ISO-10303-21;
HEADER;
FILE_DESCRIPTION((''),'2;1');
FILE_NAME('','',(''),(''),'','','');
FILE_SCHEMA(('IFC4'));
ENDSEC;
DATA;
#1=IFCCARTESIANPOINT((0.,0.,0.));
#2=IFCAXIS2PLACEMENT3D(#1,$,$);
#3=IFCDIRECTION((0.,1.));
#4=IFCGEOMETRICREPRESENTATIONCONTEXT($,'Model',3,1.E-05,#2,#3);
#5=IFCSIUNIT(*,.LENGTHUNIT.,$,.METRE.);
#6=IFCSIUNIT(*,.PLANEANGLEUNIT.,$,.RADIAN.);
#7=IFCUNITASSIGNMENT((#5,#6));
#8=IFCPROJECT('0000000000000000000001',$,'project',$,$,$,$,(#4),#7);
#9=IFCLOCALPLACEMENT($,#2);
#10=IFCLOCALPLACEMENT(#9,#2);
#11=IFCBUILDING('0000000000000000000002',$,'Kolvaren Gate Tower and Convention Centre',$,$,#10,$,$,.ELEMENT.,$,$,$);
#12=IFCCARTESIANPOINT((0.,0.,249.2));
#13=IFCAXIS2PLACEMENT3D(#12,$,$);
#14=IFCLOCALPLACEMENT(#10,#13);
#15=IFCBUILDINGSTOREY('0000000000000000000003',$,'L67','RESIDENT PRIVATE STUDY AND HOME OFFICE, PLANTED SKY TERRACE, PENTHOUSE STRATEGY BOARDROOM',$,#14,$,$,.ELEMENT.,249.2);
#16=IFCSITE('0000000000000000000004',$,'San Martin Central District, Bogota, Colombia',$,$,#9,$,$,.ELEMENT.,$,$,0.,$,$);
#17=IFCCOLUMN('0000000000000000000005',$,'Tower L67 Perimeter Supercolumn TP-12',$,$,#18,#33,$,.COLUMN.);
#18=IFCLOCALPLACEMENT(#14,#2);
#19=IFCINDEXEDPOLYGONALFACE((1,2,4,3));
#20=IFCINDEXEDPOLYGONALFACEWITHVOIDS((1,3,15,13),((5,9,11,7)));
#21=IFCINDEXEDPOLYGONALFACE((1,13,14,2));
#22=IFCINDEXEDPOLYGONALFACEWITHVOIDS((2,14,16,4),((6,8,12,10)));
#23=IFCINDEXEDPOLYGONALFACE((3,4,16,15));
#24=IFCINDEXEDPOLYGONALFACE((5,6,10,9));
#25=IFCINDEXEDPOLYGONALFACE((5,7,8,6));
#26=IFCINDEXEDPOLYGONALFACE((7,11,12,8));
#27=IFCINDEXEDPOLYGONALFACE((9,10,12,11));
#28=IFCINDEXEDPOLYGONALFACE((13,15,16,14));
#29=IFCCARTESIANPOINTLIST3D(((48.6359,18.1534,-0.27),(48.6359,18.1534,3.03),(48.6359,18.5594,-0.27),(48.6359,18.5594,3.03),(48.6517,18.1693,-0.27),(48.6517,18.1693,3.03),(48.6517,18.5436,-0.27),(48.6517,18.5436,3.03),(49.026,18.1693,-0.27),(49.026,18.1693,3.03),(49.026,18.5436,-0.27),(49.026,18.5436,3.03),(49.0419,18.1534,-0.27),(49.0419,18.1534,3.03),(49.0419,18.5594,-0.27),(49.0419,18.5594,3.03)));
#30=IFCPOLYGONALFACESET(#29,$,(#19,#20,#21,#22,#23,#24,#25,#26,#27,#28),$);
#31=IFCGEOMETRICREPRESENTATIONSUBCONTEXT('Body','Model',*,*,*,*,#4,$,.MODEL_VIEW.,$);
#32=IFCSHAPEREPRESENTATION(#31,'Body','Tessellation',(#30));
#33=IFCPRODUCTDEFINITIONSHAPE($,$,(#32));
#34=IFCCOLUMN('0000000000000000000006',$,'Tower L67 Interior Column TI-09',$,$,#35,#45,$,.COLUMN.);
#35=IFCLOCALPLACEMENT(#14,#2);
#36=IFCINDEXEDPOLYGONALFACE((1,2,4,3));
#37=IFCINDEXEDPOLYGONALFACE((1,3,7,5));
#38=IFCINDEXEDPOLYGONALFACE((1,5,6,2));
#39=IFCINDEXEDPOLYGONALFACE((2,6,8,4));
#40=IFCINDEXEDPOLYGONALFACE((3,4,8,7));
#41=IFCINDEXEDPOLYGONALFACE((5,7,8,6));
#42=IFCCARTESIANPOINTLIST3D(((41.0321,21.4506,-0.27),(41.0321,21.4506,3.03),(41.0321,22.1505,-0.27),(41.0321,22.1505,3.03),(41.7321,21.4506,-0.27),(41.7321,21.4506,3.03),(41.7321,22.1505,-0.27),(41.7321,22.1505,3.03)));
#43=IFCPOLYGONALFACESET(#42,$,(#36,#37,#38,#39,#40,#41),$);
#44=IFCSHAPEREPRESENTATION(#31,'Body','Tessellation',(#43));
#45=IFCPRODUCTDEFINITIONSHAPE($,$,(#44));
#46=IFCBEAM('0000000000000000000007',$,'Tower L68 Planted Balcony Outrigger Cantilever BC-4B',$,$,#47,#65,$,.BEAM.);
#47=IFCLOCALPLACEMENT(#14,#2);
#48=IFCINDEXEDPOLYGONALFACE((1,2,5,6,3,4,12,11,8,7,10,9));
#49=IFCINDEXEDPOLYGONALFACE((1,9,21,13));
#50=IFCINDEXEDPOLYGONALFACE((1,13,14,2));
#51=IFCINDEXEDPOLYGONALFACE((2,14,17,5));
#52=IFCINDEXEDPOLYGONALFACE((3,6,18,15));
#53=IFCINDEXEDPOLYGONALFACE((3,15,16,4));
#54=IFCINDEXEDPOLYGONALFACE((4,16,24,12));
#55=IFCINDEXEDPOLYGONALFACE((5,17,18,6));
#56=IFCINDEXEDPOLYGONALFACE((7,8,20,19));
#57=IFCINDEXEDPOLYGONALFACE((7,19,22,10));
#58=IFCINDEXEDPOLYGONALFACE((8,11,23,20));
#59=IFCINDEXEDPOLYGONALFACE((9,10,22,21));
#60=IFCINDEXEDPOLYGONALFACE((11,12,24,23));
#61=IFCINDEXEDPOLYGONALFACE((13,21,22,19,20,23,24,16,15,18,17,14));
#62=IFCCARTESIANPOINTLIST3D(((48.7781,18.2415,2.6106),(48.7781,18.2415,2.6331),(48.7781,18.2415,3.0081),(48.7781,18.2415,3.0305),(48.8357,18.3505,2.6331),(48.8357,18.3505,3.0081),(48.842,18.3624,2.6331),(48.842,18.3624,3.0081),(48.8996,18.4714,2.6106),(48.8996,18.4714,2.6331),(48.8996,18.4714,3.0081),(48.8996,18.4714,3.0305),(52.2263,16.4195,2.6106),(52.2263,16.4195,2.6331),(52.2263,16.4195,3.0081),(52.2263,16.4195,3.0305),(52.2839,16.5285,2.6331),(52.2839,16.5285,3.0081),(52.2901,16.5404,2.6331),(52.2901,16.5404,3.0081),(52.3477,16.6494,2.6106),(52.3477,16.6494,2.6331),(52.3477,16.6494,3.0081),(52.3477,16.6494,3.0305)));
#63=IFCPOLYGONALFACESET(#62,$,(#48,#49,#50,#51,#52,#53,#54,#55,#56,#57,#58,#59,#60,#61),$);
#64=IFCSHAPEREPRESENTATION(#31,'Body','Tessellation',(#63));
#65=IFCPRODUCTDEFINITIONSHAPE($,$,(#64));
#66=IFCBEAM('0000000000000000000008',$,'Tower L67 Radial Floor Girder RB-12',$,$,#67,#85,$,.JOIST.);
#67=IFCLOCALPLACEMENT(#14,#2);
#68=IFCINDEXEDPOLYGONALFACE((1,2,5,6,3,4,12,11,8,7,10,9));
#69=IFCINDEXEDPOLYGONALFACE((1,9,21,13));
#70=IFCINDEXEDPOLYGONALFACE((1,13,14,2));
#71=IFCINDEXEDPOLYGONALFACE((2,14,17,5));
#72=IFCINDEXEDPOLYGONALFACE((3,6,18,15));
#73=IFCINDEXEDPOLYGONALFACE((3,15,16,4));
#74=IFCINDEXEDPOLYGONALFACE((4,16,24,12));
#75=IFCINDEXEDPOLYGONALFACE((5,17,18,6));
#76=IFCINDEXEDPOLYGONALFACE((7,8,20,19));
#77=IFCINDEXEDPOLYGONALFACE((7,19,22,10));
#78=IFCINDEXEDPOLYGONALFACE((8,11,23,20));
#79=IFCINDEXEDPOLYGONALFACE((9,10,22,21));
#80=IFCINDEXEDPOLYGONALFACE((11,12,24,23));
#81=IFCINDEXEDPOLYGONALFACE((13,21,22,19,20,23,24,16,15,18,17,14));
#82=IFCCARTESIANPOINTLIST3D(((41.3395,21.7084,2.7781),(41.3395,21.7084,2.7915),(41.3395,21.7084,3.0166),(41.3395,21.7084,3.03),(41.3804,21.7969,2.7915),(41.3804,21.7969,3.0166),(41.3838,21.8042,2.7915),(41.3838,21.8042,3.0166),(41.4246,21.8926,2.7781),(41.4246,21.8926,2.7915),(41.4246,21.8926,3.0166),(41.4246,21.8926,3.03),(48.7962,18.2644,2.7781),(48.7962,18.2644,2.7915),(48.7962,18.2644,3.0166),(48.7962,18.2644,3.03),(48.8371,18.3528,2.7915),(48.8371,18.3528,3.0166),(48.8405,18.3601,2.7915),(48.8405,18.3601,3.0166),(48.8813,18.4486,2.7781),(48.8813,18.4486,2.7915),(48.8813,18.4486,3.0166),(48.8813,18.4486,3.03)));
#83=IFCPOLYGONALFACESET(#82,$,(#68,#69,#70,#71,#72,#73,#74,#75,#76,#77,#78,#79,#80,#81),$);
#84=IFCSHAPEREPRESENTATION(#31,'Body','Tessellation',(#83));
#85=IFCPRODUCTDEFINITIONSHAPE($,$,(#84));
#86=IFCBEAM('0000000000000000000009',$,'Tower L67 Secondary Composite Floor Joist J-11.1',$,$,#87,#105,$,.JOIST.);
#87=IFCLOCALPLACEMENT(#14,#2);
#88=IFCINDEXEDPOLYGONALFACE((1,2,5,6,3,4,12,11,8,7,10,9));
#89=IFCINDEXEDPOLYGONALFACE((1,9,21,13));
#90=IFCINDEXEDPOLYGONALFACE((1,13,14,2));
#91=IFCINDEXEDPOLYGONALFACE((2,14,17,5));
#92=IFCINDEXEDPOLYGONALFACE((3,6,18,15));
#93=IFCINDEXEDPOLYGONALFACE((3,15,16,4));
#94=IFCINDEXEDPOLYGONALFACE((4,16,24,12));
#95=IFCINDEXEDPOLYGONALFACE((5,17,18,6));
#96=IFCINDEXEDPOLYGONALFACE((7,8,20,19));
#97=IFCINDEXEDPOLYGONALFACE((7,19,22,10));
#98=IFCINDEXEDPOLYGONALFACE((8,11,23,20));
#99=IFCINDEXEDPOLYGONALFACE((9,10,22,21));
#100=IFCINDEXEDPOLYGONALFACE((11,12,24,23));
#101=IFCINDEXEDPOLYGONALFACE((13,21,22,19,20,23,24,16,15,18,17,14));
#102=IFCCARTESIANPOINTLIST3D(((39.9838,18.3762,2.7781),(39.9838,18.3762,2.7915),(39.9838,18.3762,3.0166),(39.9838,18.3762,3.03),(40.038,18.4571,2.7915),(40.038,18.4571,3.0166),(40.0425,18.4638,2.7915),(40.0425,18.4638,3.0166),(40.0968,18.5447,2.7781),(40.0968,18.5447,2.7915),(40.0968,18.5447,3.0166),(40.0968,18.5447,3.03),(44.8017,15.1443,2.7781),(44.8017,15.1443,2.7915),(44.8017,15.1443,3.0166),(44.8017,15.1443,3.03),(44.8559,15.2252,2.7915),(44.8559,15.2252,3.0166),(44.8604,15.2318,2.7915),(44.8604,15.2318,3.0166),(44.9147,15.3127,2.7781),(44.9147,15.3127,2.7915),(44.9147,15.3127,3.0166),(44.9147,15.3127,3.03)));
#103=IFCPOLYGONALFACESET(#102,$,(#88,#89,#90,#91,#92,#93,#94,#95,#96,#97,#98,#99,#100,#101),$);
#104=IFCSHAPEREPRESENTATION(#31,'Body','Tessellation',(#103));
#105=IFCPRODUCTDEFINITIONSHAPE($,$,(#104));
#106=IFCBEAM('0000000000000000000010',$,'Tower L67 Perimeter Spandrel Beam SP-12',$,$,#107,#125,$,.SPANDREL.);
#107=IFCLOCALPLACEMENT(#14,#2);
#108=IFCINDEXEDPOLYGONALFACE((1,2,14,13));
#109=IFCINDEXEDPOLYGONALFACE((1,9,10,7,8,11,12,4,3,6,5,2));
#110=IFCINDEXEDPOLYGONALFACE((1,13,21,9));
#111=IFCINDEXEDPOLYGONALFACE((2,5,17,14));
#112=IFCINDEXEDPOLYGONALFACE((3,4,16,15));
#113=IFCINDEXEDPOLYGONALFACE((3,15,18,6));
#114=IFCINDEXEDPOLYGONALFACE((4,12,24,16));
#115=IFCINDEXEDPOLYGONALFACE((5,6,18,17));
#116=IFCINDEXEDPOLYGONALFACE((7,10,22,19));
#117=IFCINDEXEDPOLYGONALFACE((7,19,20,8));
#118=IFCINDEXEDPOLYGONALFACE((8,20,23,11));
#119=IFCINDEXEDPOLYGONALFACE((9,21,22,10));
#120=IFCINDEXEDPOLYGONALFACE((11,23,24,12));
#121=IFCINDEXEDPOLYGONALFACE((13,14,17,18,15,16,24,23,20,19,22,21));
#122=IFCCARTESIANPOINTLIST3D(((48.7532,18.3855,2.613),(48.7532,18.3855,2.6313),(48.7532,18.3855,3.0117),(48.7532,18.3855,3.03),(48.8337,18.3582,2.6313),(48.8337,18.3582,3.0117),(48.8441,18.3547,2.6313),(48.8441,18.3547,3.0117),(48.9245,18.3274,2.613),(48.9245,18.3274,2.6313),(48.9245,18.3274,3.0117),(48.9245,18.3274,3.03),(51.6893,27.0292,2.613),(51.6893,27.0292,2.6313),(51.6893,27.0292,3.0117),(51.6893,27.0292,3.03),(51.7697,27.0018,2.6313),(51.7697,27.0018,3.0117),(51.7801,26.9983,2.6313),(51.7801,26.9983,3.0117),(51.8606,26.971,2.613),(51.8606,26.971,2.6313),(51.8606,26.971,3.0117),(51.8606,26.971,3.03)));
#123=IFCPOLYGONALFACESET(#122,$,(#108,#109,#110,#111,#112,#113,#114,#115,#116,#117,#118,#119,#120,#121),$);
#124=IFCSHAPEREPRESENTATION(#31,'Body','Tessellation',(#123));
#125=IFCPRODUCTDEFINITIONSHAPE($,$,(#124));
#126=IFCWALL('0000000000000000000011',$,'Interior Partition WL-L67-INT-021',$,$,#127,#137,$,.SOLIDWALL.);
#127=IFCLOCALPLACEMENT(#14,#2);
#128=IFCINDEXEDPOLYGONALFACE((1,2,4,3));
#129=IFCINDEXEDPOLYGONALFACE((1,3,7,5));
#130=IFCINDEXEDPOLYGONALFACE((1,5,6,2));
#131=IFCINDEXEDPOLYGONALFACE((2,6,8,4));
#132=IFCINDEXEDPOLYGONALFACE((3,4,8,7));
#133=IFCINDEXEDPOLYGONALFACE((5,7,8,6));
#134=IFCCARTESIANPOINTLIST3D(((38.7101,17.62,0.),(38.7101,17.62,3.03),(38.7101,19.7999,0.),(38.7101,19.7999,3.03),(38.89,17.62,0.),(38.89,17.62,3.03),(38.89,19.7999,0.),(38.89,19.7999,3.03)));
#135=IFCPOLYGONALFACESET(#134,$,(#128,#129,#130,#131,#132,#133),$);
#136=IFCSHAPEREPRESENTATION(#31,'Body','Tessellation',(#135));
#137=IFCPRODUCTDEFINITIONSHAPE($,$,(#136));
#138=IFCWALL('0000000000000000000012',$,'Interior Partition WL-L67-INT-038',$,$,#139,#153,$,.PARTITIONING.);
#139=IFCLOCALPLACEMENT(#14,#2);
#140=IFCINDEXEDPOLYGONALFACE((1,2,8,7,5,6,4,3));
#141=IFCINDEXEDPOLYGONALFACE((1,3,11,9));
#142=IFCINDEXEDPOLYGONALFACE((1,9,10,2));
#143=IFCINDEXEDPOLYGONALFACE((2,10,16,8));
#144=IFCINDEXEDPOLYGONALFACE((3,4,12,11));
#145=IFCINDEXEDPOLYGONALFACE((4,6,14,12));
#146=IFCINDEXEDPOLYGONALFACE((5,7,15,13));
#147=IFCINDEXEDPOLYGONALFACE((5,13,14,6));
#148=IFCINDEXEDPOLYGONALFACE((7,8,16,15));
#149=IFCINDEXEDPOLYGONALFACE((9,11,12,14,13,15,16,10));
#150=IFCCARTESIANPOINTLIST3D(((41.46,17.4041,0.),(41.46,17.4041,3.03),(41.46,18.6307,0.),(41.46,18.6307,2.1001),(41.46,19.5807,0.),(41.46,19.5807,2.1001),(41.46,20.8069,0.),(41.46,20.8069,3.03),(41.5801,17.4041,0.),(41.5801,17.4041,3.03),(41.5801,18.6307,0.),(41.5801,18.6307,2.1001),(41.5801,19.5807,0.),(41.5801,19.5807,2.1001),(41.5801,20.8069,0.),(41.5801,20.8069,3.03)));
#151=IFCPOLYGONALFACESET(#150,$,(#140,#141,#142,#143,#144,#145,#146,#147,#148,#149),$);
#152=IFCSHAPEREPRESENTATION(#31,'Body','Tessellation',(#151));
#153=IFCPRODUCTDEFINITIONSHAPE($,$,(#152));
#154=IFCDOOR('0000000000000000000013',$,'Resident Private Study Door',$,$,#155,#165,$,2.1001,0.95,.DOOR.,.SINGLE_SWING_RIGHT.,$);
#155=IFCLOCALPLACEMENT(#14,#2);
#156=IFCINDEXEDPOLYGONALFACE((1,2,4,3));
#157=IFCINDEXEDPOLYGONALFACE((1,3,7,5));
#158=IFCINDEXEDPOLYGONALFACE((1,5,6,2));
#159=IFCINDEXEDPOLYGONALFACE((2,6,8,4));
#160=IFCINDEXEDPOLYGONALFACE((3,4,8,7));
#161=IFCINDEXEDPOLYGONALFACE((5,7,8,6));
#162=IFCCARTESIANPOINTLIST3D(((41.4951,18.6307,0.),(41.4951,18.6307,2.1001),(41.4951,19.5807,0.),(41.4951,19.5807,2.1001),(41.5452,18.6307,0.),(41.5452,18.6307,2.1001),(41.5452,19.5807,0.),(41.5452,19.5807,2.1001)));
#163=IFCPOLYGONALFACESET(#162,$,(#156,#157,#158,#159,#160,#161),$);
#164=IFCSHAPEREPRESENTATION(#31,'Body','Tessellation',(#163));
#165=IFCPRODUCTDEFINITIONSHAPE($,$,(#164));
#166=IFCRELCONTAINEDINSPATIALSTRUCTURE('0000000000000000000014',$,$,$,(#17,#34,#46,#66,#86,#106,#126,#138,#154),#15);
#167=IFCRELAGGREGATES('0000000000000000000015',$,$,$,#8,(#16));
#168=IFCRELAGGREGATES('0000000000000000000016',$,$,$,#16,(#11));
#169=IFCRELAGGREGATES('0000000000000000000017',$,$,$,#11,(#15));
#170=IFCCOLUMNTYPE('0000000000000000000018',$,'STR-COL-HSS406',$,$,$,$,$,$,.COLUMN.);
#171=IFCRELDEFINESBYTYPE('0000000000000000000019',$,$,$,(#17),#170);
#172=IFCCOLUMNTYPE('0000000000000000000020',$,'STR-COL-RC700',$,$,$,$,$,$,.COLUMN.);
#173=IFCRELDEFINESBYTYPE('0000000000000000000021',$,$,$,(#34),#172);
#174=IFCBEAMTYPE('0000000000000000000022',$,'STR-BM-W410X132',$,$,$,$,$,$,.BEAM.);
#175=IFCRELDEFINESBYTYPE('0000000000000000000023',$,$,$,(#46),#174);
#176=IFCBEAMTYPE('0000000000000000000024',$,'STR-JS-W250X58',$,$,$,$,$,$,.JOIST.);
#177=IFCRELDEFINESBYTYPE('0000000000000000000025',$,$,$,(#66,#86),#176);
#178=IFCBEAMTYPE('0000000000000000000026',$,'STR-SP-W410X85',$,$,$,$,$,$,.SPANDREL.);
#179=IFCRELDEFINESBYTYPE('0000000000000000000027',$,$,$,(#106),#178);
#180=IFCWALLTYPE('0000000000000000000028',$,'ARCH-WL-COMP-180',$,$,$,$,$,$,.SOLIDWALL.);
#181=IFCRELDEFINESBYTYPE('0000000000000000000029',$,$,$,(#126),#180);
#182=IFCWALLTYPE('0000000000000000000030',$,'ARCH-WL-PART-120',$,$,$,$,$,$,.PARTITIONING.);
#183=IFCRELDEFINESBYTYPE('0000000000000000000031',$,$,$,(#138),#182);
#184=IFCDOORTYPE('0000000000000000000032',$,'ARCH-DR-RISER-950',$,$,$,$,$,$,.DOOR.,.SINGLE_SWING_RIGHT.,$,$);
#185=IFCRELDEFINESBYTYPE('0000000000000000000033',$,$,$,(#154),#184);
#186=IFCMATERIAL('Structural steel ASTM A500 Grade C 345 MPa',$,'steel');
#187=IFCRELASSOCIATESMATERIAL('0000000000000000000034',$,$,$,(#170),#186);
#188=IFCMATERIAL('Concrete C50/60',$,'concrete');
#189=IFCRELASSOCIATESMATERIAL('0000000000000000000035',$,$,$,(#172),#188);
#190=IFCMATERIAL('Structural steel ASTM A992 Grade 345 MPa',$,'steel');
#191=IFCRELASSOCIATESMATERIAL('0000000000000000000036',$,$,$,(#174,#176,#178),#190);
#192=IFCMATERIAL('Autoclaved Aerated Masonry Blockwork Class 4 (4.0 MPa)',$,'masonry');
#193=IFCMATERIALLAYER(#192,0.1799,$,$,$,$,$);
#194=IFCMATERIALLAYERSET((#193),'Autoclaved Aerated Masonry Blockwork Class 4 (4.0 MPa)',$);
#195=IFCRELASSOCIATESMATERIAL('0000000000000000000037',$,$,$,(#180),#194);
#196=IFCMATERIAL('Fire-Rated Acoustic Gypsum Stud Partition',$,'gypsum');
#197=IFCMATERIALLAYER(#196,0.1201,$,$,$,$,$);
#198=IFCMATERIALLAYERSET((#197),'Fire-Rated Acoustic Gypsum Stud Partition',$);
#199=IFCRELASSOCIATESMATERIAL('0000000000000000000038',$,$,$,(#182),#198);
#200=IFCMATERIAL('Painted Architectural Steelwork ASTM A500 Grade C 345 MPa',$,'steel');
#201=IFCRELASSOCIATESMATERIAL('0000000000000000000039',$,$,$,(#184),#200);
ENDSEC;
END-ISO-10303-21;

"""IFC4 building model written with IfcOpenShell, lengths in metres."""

from ifc_helpers import new_model, si_unit, direction, frame, frame_2d, origin, origin_2d, place, context, subcontext, project, spatial, rectangle, hollow_rectangle, i_section, extrude, material, layer, layer_set, material_profile, profile_set, type_object, element, fill, save


model = new_model("IFC4")

# Units and contexts
model_context = context("Model", 3, precision=1e-05, world=origin(), true_north=direction((0.0, 1.0)))
body_context = subcontext(model_context, "Body", "Model", "MODEL_VIEW")
ifc_project = project(units=[si_unit("LENGTHUNIT", "METRE"), si_unit("PLANEANGLEUNIT", "RADIAN")], contexts=[model_context])

# Site, building, storey
site_placement = place(None, origin())
site = spatial("IfcSite", under=ifc_project, at=site_placement, Name="San Martin Central District, Bogota, Colombia", CompositionType="ELEMENT", RefElevation=0.0)
building_placement = place(site_placement, origin())
building = spatial("IfcBuilding", under=site, at=building_placement, Name="Kolvaren Gate Tower and Convention Centre", CompositionType="ELEMENT")
storey_placement = place(building_placement, frame((0.0, 0.0, 249.2)))
storey = spatial("IfcBuildingStorey", under=building, at=storey_placement, Name="L67", Description="RESIDENT PRIVATE STUDY AND HOME OFFICE, PLANTED SKY TERRACE, PENTHOUSE STRATEGY BOARDROOM", CompositionType="ELEMENT", Elevation=249.2)

# Columns
ifc_material_1 = material(Name="Structural steel ASTM A500 Grade C 345 MPa", Category="steel")
ifc_material_profile_1 = material_profile(ifc_material_1, hollow_rectangle(XDim=0.406, YDim=0.406, WallThickness=0.0159, at=origin_2d()), Name="HSS406X406X15.9")
ifc_profile_set_1 = profile_set([ifc_material_profile_1], Name="Structural steel ASTM A500 Grade C 345 MPa")
column_type_1 = type_object("IfcColumnType", Name="STR-COL-HSS406", PredefinedType="COLUMN", material=ifc_profile_set_1)
column_1_placement = place(storey_placement, frame((48.8389, 18.3564, -0.27), z_axis=(0.0, 0.0, 1.0), x_axis=(1.0, 0.0, 0.0)))
element("IfcColumn", 1, at=column_1_placement, inside=storey, type_object=column_type_1, Name="Tower L67 Perimeter Supercolumn TP-12", PredefinedType="COLUMN", context=body_context, shape_type="SweptSolid", body=[
    extrude(hollow_rectangle(XDim=0.406, YDim=0.406, WallThickness=0.0159, at=origin_2d()), origin(), (0.0, 0.0, 1.0), 3.3),
])
ifc_material_2 = material(Name="Concrete C50/60", Category="concrete")
ifc_material_profile_2 = material_profile(ifc_material_2, rectangle(XDim=0.7, YDim=0.7, at=origin_2d()), Name="RC-COL-700X700")
ifc_profile_set_2 = profile_set([ifc_material_profile_2], Name="Concrete C50/60")
column_type_2 = type_object("IfcColumnType", Name="STR-COL-RC700", PredefinedType="COLUMN", material=ifc_profile_set_2)
column_2_placement = place(storey_placement, frame((41.3821, 21.8005, -0.27), z_axis=(0.0, 0.0, 1.0), x_axis=(1.0, 0.0, 0.0)))
element("IfcColumn", 2, at=column_2_placement, inside=storey, type_object=column_type_2, Name="Tower L67 Interior Column TI-09", PredefinedType="COLUMN", context=body_context, shape_type="SweptSolid", body=[
    extrude(rectangle(XDim=0.7, YDim=0.7, at=origin_2d()), origin(), (0.0, 0.0, 1.0), 3.3),
])

# Beams
ifc_material_3 = material(Name="Structural steel ASTM A992 Grade 345 MPa", Category="steel")
ifc_material_profile_3 = material_profile(ifc_material_3, i_section(OverallWidth=0.26, OverallDepth=0.4199, WebThickness=0.0134, FlangeThickness=0.0225, at=origin_2d()), Name="W410X132")
ifc_profile_set_3 = profile_set([ifc_material_profile_3], Name="Structural steel ASTM A992 Grade 345 MPa")
beam_type_1 = type_object("IfcBeamType", Name="STR-BM-W410X132", PredefinedType="BEAM", material=ifc_profile_set_3)
beam_1_placement = place(storey_placement, frame((48.8389, 18.3564, 2.8206), z_axis=(0.884161, -0.467183, 0.0), x_axis=(0.467183, 0.884161, 0.0)))
element("IfcBeam", 3, at=beam_1_placement, inside=storey, type_object=beam_type_1, Name="Tower L68 Planted Balcony Outrigger Cantilever BC-4B", PredefinedType="BEAM", context=body_context, shape_type="SweptSolid", body=[
    extrude(i_section(OverallWidth=0.26, OverallDepth=0.4199, WebThickness=0.0134, FlangeThickness=0.0225, at=origin_2d()), origin(), (0.0, 0.0, 1.0), 3.8999),
])
ifc_material_profile_4 = material_profile(ifc_material_3, i_section(OverallWidth=0.2029, OverallDepth=0.252, WebThickness=0.0081, FlangeThickness=0.0134, at=origin_2d()), Name="W250X58")
ifc_profile_set_4 = profile_set([ifc_material_profile_4], Name="Structural steel ASTM A992 Grade 345 MPa")
beam_type_2 = type_object("IfcBeamType", Name="STR-JS-W250X58", PredefinedType="JOIST", material=ifc_profile_set_4)
beam_2_placement = place(storey_placement, frame((41.3821, 21.8005, 2.9041), z_axis=(0.907844, -0.419309, 0.0), x_axis=(0.419309, 0.907844, 0.0)))
element("IfcBeam", 4, at=beam_2_placement, inside=storey, type_object=beam_type_2, Name="Tower L67 Radial Floor Girder RB-12", PredefinedType="JOIST", context=body_context, shape_type="SweptSolid", body=[
    extrude(i_section(OverallWidth=0.2029, OverallDepth=0.252, WebThickness=0.0081, FlangeThickness=0.0134, at=origin_2d()), origin(), (0.0, 0.0, 1.0), 8.2136),
])
beam_3_placement = place(storey_placement, frame((40.0403, 18.4604, 2.9041), z_axis=(0.830454, -0.557087, 0.0), x_axis=(0.557087, 0.830454, 0.0)))
element("IfcBeam", 5, at=beam_3_placement, inside=storey, type_object=beam_type_2, Name="Tower L67 Secondary Composite Floor Joist J-11.1", PredefinedType="JOIST", context=body_context, shape_type="SweptSolid", body=[
    extrude(i_section(OverallWidth=0.2029, OverallDepth=0.252, WebThickness=0.0081, FlangeThickness=0.0134, at=origin_2d()), origin(), (0.0, 0.0, 1.0), 5.8015),
])
ifc_material_profile_5 = material_profile(ifc_material_3, i_section(OverallWidth=0.1809, OverallDepth=0.417, WebThickness=0.011, FlangeThickness=0.0183, at=origin_2d()), Name="W410X85")
ifc_profile_set_5 = profile_set([ifc_material_profile_5], Name="Structural steel ASTM A992 Grade 345 MPa")
beam_type_3 = type_object("IfcBeamType", Name="STR-SP-W410X85", PredefinedType="SPANDREL", material=ifc_profile_set_5)
beam_4_placement = place(storey_placement, frame((48.8389, 18.3564, 2.8215), z_axis=(0.32163, 0.946865, 0.0), x_axis=(-0.946865, 0.32163, 0.0)))
element("IfcBeam", 6, at=beam_4_placement, inside=storey, type_object=beam_type_3, Name="Tower L67 Perimeter Spandrel Beam SP-12", PredefinedType="SPANDREL", context=body_context, shape_type="SweptSolid", body=[
    extrude(i_section(OverallWidth=0.1809, OverallDepth=0.417, WebThickness=0.011, FlangeThickness=0.0183, at=origin_2d()), origin(), (0.0, 0.0, 1.0), 9.1287),
])

# Wall
ifc_material_4 = material(Name="Autoclaved Aerated Masonry Blockwork Class 4 (4.0 MPa)", Category="masonry")
ifc_layer_1 = layer(ifc_material_4, 0.1799)
ifc_layer_set_1 = layer_set([ifc_layer_1], Name="Autoclaved Aerated Masonry Blockwork Class 4 (4.0 MPa)")
wall_type_1 = type_object("IfcWallType", Name="ARCH-WL-COMP-180", PredefinedType="SOLIDWALL", material=ifc_layer_set_1)
wall_1_placement = place(storey_placement, frame((38.8, 17.6201, 0.0), z_axis=(0.0, 0.0, 1.0), x_axis=(0.0, 1.0, 0.0)))
element("IfcWall", 7, at=wall_1_placement, inside=storey, type_object=wall_type_1, Name="Interior Partition WL-L67-INT-021", PredefinedType="SOLIDWALL", context=body_context, shape_type="SweptSolid", body=[
    extrude(rectangle(XDim=2.1799, YDim=0.1799, at=frame_2d((1.0898, 0.0))), origin(), (0.0, 0.0, 1.0), 3.03),
])

# Wall, opening, door
ifc_material_5 = material(Name="Fire-Rated Acoustic Gypsum Stud Partition", Category="gypsum")
ifc_layer_2 = layer(ifc_material_5, 0.1201)
ifc_layer_set_2 = layer_set([ifc_layer_2], Name="Fire-Rated Acoustic Gypsum Stud Partition")
wall_type_2 = type_object("IfcWallType", Name="ARCH-WL-PART-120", PredefinedType="PARTITIONING", material=ifc_layer_set_2)
wall_2_placement = place(storey_placement, frame((41.52, 17.4041, 0.0), z_axis=(0.0, 0.0, 1.0), x_axis=(0.0, 1.0, 0.0)))
wall_2 = element("IfcWall", 8, at=wall_2_placement, inside=storey, type_object=wall_type_2, Name="Interior Partition WL-L67-INT-038", PredefinedType="PARTITIONING", context=body_context, shape_type="SweptSolid", body=[
    extrude(rectangle(XDim=3.4028, YDim=0.1201, at=frame_2d((1.7014, 0.0))), origin(), (0.0, 0.0, 1.0), 3.03),
])
opening_1_placement = place(wall_2_placement, frame((1.2266, 0.0, 0.0)))
opening_1 = element("IfcOpeningElement", 9, at=opening_1_placement, cuts=wall_2, PredefinedType="OPENING", context=body_context, shape_type="SweptSolid", body=[
    extrude(rectangle(XDim=0.95, YDim=2.1001, at=frame_2d((0.4751, 1.05))), frame((0.0, 0.0701, 0.0), z_axis=(0.0, -1.0, 0.0), x_axis=(1.0, 0.0, 0.0)), (0.0, 0.0, 1.0), 0.1401),
])
ifc_material_6 = material(Name="Painted Architectural Steelwork ASTM A500 Grade C 345 MPa", Category="steel")
door_type_1 = type_object("IfcDoorType", Name="ARCH-DR-RISER-950", OperationType="SINGLE_SWING_RIGHT", PredefinedType="DOOR", material=ifc_material_6)
door_1_placement = place(opening_1_placement, origin())
door_1 = element("IfcDoor", 10, at=door_1_placement, inside=storey, type_object=door_type_1, Name="Resident Private Study Door", OperationType="SINGLE_SWING_RIGHT", OverallHeight=2.1001, OverallWidth=0.95, PredefinedType="DOOR", context=body_context, shape_type="SweptSolid", body=[
    extrude(rectangle(XDim=0.95, YDim=2.1001, at=frame_2d((0.4751, 1.05))), frame((0.0, 0.0249, 0.0), z_axis=(0.0, -1.0, 0.0), x_axis=(1.0, 0.0, 0.0)), (0.0, 0.0, 1.0), 0.05),
])
fill(opening_1, door_1)

save(model, "model.ifc")
